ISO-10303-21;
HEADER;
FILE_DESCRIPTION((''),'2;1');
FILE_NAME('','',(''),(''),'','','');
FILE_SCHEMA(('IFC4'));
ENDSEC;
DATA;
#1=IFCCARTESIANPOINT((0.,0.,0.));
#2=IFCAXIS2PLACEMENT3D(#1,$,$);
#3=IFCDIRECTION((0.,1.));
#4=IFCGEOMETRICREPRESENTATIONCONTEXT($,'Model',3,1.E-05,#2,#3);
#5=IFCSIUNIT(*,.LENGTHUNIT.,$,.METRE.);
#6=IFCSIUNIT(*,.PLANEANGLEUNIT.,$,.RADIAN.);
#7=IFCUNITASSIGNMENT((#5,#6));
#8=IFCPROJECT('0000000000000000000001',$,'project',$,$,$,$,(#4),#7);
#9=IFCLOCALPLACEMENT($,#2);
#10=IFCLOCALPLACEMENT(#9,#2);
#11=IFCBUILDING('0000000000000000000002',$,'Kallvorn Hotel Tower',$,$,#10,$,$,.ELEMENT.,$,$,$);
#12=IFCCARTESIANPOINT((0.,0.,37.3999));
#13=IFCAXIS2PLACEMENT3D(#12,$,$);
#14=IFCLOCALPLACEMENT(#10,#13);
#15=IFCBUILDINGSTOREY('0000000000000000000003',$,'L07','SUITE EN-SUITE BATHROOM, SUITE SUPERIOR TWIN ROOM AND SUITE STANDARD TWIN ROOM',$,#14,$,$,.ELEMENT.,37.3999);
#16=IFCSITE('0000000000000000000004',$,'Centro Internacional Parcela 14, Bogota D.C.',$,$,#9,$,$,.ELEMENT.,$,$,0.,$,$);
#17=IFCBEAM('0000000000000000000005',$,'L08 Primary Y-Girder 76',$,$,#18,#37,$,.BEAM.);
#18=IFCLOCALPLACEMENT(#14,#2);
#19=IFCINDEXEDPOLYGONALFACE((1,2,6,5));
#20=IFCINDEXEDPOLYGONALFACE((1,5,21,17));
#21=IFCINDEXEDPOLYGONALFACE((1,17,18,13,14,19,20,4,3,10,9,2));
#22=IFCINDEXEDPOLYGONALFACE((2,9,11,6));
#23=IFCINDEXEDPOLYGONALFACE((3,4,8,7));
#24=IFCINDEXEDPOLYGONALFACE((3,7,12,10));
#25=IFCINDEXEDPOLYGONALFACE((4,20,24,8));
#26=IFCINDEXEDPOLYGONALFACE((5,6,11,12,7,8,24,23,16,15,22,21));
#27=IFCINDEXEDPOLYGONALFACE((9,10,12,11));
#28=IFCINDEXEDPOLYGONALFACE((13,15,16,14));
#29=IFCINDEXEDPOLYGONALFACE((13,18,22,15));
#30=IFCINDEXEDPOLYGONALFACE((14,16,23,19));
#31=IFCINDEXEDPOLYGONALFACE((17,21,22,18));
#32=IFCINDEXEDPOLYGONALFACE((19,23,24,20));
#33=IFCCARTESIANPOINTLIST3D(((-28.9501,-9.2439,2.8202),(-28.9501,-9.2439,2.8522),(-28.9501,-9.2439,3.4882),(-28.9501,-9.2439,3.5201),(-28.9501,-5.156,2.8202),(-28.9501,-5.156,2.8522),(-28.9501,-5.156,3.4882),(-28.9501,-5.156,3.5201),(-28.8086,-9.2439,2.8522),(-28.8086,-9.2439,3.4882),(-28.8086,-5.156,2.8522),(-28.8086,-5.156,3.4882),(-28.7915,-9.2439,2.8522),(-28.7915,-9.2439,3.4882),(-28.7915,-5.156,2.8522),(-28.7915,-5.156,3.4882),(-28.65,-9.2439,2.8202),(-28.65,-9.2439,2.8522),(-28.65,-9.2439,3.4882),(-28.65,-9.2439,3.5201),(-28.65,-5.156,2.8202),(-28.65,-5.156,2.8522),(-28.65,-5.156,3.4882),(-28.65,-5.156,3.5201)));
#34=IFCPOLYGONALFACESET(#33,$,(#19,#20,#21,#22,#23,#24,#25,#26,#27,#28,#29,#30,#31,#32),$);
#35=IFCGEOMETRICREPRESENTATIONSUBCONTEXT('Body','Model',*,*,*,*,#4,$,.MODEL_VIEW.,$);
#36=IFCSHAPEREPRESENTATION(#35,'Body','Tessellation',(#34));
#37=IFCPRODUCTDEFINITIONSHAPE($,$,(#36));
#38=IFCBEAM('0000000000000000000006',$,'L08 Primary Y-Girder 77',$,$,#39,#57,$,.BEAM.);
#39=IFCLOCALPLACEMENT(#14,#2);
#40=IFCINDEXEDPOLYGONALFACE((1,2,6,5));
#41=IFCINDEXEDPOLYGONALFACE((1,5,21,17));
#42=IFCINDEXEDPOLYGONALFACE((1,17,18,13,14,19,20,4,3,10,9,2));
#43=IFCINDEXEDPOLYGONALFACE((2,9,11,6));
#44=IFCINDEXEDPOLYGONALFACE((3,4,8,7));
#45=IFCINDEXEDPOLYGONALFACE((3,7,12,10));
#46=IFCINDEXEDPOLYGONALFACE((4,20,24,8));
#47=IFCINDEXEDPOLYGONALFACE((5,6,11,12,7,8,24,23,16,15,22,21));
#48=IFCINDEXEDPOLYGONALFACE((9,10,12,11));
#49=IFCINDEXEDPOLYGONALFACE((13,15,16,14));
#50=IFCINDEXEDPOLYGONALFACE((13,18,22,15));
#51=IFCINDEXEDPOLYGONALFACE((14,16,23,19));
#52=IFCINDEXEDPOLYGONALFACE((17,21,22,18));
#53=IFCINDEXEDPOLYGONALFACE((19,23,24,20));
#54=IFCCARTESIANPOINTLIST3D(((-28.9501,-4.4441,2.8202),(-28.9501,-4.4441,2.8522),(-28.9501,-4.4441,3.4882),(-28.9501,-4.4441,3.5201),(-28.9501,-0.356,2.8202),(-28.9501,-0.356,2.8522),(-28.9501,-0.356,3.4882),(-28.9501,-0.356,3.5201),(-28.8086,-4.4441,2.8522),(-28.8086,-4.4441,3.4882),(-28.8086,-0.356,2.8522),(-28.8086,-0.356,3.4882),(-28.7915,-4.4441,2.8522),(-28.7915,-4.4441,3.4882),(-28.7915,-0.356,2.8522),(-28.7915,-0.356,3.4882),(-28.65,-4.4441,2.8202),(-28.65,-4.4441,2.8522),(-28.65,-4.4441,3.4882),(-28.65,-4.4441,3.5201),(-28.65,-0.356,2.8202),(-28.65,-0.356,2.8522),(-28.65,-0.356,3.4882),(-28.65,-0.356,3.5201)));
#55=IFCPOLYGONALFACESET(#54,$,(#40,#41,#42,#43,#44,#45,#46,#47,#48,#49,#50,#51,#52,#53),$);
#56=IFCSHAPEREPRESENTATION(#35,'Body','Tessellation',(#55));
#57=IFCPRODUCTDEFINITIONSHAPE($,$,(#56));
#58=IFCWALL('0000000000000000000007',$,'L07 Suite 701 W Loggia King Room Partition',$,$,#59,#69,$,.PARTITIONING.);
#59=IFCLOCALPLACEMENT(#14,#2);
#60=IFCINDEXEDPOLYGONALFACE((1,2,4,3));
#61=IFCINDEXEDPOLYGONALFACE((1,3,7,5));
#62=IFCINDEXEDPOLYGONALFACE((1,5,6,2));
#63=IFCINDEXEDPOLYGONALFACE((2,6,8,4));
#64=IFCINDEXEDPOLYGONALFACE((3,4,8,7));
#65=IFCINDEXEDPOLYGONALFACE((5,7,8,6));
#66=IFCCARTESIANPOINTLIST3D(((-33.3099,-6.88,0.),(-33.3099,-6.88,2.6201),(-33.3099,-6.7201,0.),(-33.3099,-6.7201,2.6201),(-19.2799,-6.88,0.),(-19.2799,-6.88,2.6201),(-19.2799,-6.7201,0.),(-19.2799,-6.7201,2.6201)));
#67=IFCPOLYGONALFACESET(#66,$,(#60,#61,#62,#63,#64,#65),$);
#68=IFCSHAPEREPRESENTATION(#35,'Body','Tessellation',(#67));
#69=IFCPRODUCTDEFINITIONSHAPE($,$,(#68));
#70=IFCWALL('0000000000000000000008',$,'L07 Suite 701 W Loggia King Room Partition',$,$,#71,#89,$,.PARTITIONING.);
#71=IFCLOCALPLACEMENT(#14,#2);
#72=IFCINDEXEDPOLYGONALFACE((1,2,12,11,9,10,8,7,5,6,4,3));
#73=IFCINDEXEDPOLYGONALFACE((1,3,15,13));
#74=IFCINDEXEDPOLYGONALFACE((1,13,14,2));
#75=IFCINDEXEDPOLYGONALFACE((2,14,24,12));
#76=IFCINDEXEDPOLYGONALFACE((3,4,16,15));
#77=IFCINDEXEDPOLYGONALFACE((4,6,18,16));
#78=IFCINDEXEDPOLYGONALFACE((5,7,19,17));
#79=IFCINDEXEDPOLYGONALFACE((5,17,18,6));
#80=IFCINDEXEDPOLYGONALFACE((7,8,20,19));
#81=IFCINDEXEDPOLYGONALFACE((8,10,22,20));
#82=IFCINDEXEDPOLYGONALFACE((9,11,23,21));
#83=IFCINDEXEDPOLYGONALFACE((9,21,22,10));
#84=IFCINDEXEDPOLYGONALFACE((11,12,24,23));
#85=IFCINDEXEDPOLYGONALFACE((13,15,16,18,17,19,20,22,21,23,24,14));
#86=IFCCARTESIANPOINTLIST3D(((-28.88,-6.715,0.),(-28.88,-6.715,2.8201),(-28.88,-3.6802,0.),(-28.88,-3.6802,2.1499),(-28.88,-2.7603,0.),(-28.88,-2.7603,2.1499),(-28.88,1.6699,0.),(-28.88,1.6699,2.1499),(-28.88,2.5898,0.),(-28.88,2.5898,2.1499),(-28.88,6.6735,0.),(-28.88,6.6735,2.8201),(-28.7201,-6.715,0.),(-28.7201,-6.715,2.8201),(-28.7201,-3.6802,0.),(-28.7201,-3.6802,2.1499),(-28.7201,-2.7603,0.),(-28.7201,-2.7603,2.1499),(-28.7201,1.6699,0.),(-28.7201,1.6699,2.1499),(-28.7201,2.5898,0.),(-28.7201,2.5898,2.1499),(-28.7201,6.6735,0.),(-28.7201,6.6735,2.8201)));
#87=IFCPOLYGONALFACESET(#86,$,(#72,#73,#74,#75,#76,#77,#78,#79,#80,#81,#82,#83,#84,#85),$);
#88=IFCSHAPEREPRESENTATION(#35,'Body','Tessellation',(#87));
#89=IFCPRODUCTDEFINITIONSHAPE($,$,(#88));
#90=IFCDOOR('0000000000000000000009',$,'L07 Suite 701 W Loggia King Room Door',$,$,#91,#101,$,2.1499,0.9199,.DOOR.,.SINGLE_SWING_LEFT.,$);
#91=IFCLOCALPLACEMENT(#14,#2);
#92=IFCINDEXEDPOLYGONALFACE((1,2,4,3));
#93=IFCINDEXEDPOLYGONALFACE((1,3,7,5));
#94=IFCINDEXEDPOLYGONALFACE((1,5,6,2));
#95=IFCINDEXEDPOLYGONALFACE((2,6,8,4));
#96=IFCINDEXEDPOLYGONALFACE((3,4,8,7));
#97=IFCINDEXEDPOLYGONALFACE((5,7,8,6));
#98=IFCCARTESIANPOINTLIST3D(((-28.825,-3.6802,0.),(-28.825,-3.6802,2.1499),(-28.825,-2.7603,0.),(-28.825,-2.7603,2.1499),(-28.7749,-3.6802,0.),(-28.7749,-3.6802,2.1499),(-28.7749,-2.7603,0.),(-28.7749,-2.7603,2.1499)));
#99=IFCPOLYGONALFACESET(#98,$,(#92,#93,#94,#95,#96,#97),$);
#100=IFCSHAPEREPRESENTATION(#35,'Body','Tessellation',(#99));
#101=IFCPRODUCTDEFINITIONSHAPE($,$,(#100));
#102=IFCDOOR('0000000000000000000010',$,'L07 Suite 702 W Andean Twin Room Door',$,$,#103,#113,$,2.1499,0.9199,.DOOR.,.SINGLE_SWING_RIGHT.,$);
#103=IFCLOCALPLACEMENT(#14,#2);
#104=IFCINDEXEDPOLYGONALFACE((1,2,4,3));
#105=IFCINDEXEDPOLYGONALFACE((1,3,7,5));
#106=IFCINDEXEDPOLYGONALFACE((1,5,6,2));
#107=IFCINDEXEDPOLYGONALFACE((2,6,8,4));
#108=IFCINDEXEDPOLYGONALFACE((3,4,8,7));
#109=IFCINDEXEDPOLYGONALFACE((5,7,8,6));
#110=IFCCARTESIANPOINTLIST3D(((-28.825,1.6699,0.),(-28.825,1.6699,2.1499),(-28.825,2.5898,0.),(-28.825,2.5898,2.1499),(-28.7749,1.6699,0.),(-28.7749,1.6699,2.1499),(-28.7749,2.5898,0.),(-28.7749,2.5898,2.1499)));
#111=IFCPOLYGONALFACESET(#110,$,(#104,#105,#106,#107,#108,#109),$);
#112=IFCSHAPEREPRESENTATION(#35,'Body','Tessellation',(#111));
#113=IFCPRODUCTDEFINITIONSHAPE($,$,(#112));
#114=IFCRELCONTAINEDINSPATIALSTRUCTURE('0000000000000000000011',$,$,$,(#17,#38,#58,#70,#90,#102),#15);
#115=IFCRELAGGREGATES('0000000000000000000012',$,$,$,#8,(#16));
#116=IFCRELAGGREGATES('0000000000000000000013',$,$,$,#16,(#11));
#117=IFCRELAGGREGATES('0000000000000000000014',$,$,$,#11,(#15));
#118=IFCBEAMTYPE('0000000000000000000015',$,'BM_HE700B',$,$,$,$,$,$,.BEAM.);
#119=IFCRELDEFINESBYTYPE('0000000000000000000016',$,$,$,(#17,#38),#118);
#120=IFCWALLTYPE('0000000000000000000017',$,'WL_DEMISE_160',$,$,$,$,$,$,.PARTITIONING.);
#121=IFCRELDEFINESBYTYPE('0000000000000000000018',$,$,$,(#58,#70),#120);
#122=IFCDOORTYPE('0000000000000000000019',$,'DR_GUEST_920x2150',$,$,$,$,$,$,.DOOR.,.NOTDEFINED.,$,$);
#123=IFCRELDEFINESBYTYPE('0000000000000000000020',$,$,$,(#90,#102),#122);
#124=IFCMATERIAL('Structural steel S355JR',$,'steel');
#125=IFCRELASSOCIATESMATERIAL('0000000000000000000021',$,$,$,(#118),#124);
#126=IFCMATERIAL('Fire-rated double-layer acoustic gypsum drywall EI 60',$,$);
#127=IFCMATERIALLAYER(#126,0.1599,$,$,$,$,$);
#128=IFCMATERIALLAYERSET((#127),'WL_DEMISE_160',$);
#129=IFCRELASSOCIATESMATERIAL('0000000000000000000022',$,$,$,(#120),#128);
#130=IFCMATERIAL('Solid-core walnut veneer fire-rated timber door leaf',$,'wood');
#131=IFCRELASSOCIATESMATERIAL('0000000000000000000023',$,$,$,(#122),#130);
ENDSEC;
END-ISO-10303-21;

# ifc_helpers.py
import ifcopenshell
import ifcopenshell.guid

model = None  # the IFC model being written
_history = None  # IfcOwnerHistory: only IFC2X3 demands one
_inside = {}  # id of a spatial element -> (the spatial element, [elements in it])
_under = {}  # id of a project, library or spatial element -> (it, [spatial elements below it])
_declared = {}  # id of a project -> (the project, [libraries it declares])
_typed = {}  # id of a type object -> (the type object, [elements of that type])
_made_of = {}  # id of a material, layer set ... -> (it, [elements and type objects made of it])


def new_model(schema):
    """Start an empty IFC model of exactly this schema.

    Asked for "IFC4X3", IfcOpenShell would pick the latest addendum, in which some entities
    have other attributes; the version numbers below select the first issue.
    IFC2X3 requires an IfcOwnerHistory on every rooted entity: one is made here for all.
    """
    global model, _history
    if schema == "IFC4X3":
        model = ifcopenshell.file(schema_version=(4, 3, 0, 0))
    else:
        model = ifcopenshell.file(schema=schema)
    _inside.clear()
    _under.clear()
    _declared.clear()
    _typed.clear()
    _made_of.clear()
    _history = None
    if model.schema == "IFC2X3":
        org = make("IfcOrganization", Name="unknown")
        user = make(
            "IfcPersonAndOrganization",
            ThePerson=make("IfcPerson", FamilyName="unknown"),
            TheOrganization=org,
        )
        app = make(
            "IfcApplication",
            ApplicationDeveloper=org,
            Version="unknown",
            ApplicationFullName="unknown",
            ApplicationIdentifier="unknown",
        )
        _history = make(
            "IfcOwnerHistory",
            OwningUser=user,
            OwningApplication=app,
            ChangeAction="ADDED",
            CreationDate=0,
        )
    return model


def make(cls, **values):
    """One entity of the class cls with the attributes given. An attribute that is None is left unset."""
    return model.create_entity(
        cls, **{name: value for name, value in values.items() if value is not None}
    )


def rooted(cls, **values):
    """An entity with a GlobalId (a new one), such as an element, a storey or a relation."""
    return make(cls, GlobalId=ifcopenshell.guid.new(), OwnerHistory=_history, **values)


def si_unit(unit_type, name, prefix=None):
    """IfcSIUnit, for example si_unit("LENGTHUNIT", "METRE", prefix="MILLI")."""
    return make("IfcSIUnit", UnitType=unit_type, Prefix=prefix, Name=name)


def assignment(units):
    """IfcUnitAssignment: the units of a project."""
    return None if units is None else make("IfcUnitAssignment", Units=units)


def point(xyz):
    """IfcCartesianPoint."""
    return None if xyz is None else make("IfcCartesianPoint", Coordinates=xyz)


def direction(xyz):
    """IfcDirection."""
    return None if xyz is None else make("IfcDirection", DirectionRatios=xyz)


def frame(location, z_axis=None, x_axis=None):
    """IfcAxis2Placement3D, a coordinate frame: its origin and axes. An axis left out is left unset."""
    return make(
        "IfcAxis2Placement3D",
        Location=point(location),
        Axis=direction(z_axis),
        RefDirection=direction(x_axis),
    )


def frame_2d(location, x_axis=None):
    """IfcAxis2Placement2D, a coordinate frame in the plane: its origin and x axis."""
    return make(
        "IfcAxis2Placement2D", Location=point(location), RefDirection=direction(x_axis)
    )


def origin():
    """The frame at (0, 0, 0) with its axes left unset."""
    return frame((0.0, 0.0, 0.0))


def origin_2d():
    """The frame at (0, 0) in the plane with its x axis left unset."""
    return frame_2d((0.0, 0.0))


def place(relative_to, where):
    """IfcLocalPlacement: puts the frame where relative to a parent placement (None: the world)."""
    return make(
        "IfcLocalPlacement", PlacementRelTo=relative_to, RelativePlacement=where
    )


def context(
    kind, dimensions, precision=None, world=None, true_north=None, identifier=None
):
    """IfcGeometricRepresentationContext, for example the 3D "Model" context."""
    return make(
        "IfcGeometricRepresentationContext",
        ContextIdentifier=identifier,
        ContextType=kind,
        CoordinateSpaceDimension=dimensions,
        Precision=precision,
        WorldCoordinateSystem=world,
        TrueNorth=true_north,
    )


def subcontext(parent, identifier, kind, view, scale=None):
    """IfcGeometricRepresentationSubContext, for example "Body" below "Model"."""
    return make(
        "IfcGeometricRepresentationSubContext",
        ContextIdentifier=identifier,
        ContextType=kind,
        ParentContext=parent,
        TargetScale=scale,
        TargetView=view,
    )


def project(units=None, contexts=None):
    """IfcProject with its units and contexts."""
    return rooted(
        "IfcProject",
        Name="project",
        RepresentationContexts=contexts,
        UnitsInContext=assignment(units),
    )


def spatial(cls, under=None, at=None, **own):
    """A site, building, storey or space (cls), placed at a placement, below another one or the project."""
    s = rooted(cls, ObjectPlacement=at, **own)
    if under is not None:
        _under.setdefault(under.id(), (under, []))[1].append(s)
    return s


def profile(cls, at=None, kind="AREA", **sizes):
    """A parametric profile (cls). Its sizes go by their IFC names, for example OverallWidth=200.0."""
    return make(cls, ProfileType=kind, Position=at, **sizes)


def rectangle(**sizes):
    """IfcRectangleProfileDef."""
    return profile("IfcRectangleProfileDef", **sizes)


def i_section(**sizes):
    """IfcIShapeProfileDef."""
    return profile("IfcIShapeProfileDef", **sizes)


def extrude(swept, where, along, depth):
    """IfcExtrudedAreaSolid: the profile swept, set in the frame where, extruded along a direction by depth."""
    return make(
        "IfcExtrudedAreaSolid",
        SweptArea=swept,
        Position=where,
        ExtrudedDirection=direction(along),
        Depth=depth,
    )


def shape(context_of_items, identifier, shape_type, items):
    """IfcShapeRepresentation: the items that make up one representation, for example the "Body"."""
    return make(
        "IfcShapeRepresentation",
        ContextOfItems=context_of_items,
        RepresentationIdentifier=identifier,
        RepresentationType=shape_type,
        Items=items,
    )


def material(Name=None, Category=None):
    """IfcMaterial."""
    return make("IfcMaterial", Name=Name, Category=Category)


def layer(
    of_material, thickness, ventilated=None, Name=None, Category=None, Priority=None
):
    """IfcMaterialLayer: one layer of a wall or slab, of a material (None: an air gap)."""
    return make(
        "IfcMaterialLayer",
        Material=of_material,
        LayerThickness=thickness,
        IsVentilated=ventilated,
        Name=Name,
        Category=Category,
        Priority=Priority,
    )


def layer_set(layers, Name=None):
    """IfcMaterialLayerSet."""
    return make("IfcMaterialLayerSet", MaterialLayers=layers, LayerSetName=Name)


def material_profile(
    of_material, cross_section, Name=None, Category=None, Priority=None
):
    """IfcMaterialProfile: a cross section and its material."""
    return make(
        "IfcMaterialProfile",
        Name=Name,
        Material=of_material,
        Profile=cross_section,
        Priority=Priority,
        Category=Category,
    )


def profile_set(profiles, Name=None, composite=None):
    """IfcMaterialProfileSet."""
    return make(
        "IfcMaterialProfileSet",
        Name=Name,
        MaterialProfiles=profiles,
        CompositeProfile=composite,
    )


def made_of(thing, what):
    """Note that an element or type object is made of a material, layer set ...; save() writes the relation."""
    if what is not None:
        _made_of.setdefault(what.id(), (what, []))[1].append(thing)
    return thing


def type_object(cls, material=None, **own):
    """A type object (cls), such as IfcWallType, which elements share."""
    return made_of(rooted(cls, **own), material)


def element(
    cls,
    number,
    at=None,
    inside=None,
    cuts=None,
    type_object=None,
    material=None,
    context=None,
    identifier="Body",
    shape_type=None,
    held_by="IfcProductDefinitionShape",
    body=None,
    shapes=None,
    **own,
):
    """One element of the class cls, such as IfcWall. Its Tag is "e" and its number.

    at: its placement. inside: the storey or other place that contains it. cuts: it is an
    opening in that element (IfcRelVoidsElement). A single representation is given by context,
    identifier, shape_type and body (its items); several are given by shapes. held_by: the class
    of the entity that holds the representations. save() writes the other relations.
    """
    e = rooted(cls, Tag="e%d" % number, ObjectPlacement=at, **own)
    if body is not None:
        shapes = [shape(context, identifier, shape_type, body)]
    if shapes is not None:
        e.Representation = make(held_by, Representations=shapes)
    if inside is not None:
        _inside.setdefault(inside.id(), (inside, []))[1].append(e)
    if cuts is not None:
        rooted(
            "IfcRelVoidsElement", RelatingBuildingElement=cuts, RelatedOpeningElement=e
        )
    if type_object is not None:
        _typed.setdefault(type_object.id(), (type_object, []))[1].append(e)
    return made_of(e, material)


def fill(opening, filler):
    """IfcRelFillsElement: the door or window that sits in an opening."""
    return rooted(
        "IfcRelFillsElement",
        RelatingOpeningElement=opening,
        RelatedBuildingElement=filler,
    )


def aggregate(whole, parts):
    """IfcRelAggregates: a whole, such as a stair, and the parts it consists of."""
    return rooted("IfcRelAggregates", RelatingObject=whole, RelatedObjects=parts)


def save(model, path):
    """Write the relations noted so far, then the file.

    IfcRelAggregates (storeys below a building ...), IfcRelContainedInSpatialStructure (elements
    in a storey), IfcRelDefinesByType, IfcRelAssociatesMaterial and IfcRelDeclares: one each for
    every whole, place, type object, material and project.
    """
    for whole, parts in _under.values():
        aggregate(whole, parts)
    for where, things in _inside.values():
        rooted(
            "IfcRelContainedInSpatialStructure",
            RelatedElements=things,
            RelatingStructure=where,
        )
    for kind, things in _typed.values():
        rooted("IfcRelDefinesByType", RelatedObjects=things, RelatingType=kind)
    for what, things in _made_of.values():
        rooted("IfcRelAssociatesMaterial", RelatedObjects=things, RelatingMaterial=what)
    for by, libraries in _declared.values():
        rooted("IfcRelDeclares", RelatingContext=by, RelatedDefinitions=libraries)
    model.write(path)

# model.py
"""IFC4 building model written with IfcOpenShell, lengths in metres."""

from ifc_helpers import new_model, si_unit, direction, frame, frame_2d, origin, origin_2d, place, context, subcontext, project, spatial, rectangle, i_section, extrude, material, layer, layer_set, material_profile, profile_set, type_object, element, fill, save


model = new_model("IFC4")

# Units and contexts
model_context = context("Model", 3, precision=1e-05, world=origin(), true_north=direction((0.0, 1.0)))
body_context = subcontext(model_context, "Body", "Model", "MODEL_VIEW")
ifc_project = project(units=[si_unit("LENGTHUNIT", "METRE"), si_unit("PLANEANGLEUNIT", "RADIAN")], contexts=[model_context])

# Site, building, storey
site_placement = place(None, origin())
site = spatial("IfcSite", under=ifc_project, at=site_placement, Name="Centro Internacional Parcela 14, Bogota D.C.", CompositionType="ELEMENT", RefElevation=0.0)
building_placement = place(site_placement, origin())
building = spatial("IfcBuilding", under=site, at=building_placement, Name="Kallvorn Hotel Tower", CompositionType="ELEMENT")
storey_placement = place(building_placement, frame((0.0, 0.0, 37.3999)))
storey = spatial("IfcBuildingStorey", under=building, at=storey_placement, Name="L07", Description="SUITE EN-SUITE BATHROOM, SUITE SUPERIOR TWIN ROOM AND SUITE STANDARD TWIN ROOM", CompositionType="ELEMENT", Elevation=37.3999)

# Beams
ifc_material_1 = material(Name="Structural steel S355JR", Category="steel")
ifc_material_profile_1 = material_profile(ifc_material_1, i_section(OverallWidth=0.3, OverallDepth=0.7, WebThickness=0.0171, FlangeThickness=0.032, at=origin_2d()), Name="HE 700 B")
ifc_profile_set_1 = profile_set([ifc_material_profile_1], Name="Structural steel S355JR")
beam_type_1 = type_object("IfcBeamType", Name="BM_HE700B", PredefinedType="BEAM", material=ifc_profile_set_1)
beam_1_placement = place(storey_placement, frame((-28.8, -9.2439, 3.1702), z_axis=(0.0, 1.0, 0.0), x_axis=(-1.0, 0.0, 0.0)))
element("IfcBeam", 1, at=beam_1_placement, inside=storey, type_object=beam_type_1, Name="L08 Primary Y-Girder 76", PredefinedType="BEAM", context=body_context, shape_type="SweptSolid", body=[
    extrude(i_section(OverallWidth=0.3, OverallDepth=0.7, WebThickness=0.0171, FlangeThickness=0.032, at=origin_2d()), origin(), (0.0, 0.0, 1.0), 4.0879),
])
beam_2_placement = place(storey_placement, frame((-28.8, -4.4441, 3.1702), z_axis=(0.0, 1.0, 0.0), x_axis=(-1.0, 0.0, 0.0)))
element("IfcBeam", 2, at=beam_2_placement, inside=storey, type_object=beam_type_1, Name="L08 Primary Y-Girder 77", PredefinedType="BEAM", context=body_context, shape_type="SweptSolid", body=[
    extrude(i_section(OverallWidth=0.3, OverallDepth=0.7, WebThickness=0.0171, FlangeThickness=0.032, at=origin_2d()), origin(), (0.0, 0.0, 1.0), 4.0881),
])

# Wall
ifc_material_2 = material(Name="Fire-rated double-layer acoustic gypsum drywall EI 60")
ifc_layer = layer(ifc_material_2, 0.1599)
ifc_layer_set = layer_set([ifc_layer], Name="WL_DEMISE_160")
wall_type = type_object("IfcWallType", Name="WL_DEMISE_160", PredefinedType="PARTITIONING", material=ifc_layer_set)
wall_1_placement = place(storey_placement, frame((-33.3101, -6.8, 0.0), z_axis=(0.0, 0.0, 1.0), x_axis=(1.0, 0.0, 0.0)))
element("IfcWall", 3, at=wall_1_placement, inside=storey, type_object=wall_type, Name="L07 Suite 701 W Loggia King Room Partition", PredefinedType="PARTITIONING", context=body_context, shape_type="SweptSolid", body=[
    extrude(rectangle(XDim=14.03, YDim=0.1599, at=frame_2d((7.0151, 0.0))), origin(), (0.0, 0.0, 1.0), 2.6201),
])

# Wall, openings, doors
wall_2_placement = place(storey_placement, frame((-28.8, -6.7151, 0.0), z_axis=(0.0, 0.0, 1.0), x_axis=(0.0, 1.0, 0.0)))
wall_2 = element("IfcWall", 4, at=wall_2_placement, inside=storey, type_object=wall_type, Name="L07 Suite 701 W Loggia King Room Partition", PredefinedType="PARTITIONING", context=body_context, shape_type="SweptSolid", body=[
    extrude(rectangle(XDim=13.3884, YDim=0.1599, at=frame_2d((6.6943, 0.0))), origin(), (0.0, 0.0, 1.0), 2.8201),
])
opening_1_placement = place(wall_2_placement, frame((3.0349, 0.0, 0.0)))
opening_1 = element("IfcOpeningElement", 5, at=opening_1_placement, cuts=wall_2, PredefinedType="OPENING", context=body_context, shape_type="SweptSolid", body=[
    extrude(rectangle(XDim=0.9199, YDim=2.1499, at=frame_2d((0.46, 1.075))), frame((0.0, 0.095, 0.0), z_axis=(0.0, -1.0, 0.0), x_axis=(1.0, 0.0, 0.0)), (0.0, 0.0, 1.0), 0.1899),
])
opening_2_placement = place(wall_2_placement, frame((8.385, 0.0, 0.0)))
opening_2 = element("IfcOpeningElement", 6, at=opening_2_placement, cuts=wall_2, PredefinedType="OPENING", context=body_context, shape_type="SweptSolid", body=[
    extrude(rectangle(XDim=0.9199, YDim=2.1499, at=frame_2d((0.46, 1.075))), frame((0.0, 0.095, 0.0), z_axis=(0.0, -1.0, 0.0), x_axis=(1.0, 0.0, 0.0)), (0.0, 0.0, 1.0), 0.1899),
])
ifc_material_3 = material(Name="Solid-core walnut veneer fire-rated timber door leaf", Category="wood")
door_type = type_object("IfcDoorType", Name="DR_GUEST_920x2150", OperationType="NOTDEFINED", PredefinedType="DOOR", material=ifc_material_3)
door_1_placement = place(opening_1_placement, origin())
door_1 = element("IfcDoor", 7, at=door_1_placement, inside=storey, type_object=door_type, Name="L07 Suite 701 W Loggia King Room Door", OperationType="SINGLE_SWING_LEFT", OverallHeight=2.1499, OverallWidth=0.9199, PredefinedType="DOOR", context=body_context, shape_type="SweptSolid", body=[
    extrude(rectangle(XDim=0.9199, YDim=2.1499, at=frame_2d((0.46, 1.075))), frame((0.0, 0.0249, 0.0), z_axis=(0.0, -1.0, 0.0), x_axis=(1.0, 0.0, 0.0)), (0.0, 0.0, 1.0), 0.05),
])
fill(opening_1, door_1)
door_2_placement = place(opening_2_placement, origin())
door_2 = element("IfcDoor", 8, at=door_2_placement, inside=storey, type_object=door_type, Name="L07 Suite 702 W Andean Twin Room Door", OperationType="SINGLE_SWING_RIGHT", OverallHeight=2.1499, OverallWidth=0.9199, PredefinedType="DOOR", context=body_context, shape_type="SweptSolid", body=[
    extrude(rectangle(XDim=0.9199, YDim=2.1499, at=frame_2d((0.46, 1.075))), frame((0.0, 0.0249, 0.0), z_axis=(0.0, -1.0, 0.0), x_axis=(1.0, 0.0, 0.0)), (0.0, 0.0, 1.0), 0.05),
])
fill(opening_2, door_2)

save(model, "model.ifc")
